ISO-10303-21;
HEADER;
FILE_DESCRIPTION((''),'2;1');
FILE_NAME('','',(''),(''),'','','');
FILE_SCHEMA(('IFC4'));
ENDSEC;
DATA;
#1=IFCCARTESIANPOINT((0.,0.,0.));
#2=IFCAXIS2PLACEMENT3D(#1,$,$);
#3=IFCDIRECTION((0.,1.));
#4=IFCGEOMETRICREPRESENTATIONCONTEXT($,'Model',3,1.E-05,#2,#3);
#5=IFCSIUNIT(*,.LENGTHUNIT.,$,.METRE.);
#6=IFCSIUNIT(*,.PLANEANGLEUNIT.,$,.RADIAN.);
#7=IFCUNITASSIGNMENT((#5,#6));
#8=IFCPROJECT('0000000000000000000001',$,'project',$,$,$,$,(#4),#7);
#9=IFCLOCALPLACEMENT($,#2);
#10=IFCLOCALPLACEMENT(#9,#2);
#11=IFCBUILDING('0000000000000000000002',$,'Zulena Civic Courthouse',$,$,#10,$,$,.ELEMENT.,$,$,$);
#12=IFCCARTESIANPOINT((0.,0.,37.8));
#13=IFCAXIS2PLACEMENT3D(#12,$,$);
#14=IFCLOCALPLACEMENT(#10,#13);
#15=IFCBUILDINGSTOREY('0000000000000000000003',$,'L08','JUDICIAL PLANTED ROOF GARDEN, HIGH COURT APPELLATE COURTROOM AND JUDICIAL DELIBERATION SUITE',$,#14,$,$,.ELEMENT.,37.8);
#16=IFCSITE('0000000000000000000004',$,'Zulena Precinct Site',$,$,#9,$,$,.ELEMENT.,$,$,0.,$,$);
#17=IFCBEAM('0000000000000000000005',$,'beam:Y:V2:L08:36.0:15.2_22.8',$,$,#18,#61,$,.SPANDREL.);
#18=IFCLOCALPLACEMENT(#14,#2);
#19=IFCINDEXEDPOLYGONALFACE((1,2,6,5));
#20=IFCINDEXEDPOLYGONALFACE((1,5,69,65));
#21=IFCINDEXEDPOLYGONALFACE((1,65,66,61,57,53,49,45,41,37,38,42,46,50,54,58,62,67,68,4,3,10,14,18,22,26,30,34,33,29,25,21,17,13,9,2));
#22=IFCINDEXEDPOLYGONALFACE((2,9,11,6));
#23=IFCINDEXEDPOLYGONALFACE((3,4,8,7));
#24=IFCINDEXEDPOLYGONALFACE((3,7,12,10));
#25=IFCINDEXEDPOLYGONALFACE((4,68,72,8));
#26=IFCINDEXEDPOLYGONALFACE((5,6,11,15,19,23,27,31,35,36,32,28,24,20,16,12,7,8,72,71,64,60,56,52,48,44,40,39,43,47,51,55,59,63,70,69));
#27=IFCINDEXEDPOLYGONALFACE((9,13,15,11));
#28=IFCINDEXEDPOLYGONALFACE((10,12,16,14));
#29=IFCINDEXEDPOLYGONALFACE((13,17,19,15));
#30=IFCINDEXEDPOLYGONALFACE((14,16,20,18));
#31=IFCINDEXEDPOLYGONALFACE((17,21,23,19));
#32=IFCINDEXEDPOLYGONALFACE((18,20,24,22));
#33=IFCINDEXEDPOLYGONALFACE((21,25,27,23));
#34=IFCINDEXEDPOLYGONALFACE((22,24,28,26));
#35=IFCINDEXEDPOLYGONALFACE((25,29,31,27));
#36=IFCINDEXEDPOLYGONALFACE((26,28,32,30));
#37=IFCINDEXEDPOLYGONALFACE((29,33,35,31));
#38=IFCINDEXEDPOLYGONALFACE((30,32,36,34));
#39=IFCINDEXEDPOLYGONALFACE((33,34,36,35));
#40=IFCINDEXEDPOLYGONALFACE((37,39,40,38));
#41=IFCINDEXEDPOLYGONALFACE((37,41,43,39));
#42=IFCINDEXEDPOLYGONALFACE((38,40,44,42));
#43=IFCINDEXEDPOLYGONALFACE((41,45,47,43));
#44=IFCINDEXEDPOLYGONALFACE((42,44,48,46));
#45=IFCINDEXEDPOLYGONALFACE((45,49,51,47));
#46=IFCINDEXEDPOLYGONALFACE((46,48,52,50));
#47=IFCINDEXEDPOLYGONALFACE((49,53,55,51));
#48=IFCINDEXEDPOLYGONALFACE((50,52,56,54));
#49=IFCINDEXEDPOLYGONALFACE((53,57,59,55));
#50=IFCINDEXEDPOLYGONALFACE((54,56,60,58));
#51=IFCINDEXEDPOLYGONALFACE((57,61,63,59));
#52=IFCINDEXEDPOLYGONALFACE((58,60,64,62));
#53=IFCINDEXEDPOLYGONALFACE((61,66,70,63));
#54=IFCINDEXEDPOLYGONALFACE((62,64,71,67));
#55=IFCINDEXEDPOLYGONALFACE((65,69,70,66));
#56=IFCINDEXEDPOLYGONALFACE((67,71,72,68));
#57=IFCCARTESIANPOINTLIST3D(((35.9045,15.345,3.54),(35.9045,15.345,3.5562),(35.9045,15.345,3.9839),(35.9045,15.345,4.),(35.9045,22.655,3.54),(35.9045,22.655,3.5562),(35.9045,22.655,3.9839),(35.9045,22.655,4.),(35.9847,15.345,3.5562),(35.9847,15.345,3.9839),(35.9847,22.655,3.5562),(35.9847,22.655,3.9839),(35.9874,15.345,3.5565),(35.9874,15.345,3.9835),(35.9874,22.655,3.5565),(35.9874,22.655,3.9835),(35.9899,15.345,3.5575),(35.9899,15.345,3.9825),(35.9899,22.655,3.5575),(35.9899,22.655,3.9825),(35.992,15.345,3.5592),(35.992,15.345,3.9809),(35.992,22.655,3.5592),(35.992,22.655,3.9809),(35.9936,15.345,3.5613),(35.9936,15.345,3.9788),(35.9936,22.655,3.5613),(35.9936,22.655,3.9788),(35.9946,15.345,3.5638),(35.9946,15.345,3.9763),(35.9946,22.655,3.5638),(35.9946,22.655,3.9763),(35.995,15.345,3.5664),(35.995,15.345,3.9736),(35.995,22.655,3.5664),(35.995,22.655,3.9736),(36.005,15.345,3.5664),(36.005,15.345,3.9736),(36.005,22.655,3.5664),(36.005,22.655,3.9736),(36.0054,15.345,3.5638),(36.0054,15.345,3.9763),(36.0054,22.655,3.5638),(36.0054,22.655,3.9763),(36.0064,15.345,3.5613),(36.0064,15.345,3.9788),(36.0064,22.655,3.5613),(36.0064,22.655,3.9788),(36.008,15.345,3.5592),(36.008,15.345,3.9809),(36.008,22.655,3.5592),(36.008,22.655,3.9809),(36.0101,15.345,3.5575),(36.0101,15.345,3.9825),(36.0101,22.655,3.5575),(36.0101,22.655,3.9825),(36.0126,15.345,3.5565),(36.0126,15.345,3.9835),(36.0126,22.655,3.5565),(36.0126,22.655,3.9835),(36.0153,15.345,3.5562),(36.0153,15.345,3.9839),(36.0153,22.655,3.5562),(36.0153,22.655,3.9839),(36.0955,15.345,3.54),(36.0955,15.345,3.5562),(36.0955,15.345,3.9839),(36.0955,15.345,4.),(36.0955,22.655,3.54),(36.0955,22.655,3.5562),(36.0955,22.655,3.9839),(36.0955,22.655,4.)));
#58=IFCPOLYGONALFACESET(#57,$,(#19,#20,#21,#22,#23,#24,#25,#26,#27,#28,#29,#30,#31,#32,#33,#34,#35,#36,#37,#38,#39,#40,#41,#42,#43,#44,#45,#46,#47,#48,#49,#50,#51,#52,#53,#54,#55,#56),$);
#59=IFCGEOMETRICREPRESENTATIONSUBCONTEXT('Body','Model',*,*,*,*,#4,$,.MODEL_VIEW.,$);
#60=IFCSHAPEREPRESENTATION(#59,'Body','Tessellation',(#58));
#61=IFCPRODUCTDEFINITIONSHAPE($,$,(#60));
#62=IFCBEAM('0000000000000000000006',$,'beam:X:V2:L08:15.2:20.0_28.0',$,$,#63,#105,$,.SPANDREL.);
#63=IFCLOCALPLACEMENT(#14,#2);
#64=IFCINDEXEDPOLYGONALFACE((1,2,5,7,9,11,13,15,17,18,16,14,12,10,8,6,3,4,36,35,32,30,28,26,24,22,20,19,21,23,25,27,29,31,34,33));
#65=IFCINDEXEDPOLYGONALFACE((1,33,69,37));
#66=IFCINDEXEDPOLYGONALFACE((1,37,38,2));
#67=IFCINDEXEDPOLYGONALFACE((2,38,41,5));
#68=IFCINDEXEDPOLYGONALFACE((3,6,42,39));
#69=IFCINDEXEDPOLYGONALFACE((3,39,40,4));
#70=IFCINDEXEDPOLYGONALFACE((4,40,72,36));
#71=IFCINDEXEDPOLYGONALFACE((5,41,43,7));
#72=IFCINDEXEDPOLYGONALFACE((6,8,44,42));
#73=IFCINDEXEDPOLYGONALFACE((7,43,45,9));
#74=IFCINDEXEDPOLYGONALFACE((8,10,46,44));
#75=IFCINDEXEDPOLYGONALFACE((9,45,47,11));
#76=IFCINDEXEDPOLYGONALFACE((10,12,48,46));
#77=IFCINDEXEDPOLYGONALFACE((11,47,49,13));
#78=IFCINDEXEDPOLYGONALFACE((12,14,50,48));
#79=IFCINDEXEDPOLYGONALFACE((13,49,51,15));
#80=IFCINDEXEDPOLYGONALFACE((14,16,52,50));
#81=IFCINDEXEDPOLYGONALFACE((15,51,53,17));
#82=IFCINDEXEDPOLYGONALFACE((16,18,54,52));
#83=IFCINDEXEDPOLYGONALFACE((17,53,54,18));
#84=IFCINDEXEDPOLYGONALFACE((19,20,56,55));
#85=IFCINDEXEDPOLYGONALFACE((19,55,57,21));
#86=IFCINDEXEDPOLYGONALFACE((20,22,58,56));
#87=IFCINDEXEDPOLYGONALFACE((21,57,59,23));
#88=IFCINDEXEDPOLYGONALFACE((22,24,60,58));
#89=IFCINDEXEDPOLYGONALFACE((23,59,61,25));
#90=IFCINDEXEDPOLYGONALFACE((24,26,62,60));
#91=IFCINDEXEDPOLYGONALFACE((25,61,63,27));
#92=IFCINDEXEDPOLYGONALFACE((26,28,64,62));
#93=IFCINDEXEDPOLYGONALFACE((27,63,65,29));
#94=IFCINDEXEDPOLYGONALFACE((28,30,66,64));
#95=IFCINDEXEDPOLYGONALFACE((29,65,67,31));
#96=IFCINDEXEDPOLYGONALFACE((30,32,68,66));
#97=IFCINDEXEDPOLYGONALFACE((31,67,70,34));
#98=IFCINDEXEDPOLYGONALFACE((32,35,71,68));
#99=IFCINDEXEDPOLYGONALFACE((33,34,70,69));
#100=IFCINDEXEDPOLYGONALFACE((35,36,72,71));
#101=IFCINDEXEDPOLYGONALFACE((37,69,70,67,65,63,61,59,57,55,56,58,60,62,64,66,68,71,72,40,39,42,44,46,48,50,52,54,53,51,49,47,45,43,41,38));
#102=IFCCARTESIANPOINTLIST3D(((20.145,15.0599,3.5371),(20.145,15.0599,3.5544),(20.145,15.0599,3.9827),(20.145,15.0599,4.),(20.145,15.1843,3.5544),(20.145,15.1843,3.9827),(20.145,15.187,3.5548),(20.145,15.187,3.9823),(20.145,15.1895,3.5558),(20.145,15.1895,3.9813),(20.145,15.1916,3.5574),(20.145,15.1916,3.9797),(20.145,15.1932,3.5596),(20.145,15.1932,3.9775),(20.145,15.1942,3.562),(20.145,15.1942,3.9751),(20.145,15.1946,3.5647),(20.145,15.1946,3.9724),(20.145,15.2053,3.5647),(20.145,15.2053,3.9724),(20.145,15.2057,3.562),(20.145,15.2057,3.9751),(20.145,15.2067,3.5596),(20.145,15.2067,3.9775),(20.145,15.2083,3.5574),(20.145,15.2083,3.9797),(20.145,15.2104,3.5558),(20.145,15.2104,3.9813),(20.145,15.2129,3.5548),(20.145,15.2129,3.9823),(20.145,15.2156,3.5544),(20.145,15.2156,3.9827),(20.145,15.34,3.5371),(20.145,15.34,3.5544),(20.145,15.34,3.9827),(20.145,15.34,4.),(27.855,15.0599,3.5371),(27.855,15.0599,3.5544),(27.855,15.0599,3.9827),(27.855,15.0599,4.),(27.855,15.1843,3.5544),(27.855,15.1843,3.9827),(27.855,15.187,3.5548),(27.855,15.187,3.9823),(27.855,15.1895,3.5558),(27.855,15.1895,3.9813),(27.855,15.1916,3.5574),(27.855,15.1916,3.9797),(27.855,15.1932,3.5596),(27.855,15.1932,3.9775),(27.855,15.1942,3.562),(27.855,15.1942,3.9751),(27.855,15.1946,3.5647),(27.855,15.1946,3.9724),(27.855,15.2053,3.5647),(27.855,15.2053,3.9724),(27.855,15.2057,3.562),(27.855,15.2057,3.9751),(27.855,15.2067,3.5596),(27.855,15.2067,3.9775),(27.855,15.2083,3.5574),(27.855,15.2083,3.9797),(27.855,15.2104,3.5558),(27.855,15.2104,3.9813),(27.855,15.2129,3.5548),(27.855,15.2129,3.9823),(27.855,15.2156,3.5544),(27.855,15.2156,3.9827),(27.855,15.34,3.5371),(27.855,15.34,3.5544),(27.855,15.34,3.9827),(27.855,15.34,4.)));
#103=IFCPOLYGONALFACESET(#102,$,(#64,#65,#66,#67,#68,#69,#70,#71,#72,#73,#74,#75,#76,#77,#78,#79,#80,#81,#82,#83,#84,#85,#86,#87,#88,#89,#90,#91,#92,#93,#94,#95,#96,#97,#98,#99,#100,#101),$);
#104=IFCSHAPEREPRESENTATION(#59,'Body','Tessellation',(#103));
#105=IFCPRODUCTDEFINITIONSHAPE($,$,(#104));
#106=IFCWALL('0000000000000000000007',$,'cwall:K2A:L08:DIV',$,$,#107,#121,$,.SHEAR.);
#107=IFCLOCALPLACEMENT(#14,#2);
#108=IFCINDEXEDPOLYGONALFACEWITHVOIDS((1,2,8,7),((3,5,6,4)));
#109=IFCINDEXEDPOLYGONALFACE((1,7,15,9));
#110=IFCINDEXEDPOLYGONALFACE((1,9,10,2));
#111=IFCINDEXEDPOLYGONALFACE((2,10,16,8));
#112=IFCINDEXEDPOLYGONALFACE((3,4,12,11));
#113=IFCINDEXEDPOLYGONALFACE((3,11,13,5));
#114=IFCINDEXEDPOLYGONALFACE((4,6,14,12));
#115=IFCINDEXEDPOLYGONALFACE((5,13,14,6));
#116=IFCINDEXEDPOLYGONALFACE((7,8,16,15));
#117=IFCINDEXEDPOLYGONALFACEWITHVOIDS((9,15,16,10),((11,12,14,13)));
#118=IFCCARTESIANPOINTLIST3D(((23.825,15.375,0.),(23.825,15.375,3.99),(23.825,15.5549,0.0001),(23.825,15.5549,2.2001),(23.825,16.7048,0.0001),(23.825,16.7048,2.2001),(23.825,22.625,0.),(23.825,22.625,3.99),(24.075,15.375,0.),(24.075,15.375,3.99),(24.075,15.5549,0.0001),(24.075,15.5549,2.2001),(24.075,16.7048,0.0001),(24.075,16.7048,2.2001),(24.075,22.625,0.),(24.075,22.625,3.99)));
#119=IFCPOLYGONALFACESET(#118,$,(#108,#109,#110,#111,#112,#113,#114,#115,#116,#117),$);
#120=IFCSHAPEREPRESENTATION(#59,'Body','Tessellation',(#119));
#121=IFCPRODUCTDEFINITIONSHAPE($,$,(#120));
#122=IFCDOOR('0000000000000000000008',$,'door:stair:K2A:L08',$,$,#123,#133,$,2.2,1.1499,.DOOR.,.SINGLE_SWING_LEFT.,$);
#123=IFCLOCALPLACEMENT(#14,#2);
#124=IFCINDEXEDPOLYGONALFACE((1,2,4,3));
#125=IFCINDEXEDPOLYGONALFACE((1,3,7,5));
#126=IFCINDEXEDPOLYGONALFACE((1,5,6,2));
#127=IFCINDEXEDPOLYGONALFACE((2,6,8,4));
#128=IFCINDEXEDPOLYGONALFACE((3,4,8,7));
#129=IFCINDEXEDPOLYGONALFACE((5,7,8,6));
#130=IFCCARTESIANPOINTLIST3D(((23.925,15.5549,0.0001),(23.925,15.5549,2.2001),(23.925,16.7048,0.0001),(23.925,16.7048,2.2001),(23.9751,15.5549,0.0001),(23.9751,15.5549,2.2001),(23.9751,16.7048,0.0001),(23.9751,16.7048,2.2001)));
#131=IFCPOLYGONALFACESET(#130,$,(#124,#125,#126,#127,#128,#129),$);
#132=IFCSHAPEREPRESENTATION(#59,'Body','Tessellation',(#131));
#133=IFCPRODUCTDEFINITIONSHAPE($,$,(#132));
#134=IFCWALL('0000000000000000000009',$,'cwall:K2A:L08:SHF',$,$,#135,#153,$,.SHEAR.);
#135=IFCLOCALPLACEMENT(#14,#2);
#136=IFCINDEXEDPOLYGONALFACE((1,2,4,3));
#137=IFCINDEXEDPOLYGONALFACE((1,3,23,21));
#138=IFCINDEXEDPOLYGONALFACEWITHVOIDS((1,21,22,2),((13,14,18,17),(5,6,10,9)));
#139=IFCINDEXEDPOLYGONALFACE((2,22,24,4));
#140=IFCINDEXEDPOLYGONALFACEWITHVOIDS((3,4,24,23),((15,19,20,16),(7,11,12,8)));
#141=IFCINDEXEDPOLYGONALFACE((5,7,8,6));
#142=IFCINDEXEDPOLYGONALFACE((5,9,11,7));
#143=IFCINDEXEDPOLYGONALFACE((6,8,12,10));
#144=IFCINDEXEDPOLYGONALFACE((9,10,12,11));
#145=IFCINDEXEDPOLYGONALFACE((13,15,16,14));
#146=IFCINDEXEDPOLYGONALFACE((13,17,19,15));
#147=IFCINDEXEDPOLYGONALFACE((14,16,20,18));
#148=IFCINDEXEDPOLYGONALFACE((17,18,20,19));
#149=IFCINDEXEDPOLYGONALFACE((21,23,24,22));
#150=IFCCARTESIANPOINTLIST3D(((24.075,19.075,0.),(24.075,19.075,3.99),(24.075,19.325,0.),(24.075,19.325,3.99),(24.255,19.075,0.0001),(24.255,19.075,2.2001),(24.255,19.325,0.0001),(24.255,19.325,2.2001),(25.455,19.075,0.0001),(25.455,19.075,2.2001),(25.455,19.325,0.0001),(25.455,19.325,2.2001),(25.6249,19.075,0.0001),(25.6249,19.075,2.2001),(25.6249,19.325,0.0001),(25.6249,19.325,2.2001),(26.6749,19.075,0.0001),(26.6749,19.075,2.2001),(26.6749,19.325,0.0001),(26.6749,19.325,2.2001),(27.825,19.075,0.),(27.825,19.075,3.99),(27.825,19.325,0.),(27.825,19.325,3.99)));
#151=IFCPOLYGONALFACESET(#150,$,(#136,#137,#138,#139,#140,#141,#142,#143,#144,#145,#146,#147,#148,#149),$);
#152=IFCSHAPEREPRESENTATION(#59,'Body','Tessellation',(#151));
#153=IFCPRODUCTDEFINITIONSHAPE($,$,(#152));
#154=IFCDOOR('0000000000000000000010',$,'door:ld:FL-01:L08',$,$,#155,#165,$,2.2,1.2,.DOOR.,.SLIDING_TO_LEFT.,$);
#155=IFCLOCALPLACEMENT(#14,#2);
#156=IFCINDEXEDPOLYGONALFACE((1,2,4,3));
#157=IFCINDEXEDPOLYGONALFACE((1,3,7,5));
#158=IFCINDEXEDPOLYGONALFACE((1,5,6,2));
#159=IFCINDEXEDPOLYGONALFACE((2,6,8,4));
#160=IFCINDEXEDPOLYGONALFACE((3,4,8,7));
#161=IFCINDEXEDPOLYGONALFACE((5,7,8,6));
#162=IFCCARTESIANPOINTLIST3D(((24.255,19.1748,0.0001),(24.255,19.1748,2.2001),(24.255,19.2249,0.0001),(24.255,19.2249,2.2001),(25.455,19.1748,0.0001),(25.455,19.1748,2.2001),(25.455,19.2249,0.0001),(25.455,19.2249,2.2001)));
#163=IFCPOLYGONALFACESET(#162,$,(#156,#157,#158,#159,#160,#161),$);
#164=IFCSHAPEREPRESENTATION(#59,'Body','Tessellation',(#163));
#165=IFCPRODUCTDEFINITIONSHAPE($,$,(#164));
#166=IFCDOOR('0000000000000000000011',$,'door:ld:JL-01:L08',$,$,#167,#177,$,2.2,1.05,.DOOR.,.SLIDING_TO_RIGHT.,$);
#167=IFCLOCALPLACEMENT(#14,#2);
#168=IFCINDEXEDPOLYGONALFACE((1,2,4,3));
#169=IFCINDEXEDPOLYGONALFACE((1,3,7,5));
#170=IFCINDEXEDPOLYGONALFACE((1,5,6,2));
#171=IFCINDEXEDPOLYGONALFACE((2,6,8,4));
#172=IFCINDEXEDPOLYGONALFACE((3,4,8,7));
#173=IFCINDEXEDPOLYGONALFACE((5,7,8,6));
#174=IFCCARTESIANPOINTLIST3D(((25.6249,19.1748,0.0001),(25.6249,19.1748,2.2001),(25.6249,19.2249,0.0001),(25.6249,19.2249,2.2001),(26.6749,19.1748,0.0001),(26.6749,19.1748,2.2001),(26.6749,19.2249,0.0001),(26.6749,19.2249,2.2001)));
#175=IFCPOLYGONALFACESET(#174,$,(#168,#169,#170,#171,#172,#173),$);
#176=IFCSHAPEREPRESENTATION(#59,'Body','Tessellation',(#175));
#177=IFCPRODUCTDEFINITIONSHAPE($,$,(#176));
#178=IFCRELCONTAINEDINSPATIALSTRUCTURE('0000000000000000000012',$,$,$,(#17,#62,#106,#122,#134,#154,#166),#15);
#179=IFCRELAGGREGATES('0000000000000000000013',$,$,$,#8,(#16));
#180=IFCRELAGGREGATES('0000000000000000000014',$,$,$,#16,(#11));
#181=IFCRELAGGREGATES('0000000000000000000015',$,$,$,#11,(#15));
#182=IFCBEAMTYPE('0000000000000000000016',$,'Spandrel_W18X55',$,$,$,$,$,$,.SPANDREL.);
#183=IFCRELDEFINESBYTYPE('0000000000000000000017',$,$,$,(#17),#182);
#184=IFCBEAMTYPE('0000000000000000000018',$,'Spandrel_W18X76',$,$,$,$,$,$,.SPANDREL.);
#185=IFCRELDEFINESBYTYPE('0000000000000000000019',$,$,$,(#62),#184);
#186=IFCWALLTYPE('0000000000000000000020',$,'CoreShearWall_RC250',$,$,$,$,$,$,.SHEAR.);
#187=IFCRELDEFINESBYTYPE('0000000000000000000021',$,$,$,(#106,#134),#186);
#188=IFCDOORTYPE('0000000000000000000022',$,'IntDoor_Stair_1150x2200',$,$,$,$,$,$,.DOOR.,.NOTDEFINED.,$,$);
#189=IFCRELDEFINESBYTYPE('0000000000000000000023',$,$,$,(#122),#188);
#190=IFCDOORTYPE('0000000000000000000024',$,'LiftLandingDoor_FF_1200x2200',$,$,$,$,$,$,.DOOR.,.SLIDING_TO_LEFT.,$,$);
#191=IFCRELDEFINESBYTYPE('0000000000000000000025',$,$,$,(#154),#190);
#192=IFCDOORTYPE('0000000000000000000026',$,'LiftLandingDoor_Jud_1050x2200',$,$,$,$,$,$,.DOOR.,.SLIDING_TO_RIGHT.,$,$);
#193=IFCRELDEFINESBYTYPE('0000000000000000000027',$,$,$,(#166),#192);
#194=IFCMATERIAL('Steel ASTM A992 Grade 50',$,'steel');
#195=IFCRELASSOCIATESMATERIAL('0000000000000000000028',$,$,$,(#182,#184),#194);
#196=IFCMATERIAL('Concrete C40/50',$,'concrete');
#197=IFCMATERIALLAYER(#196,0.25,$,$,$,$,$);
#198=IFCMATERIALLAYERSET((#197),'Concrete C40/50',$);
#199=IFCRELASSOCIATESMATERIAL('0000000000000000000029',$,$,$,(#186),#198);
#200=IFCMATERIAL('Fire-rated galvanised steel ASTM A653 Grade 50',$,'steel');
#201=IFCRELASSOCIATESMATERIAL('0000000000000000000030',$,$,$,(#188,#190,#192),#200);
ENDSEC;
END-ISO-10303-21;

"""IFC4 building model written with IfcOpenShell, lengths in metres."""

from ifc_helpers import new_model, si_unit, direction, frame, frame_2d, origin, origin_2d, place, context, subcontext, project, spatial, rectangle, i_section, extrude, material, layer, layer_set, material_profile, profile_set, type_object, element, fill, save


model = new_model("IFC4")

# Units and contexts
model_context = context("Model", 3, precision=1e-05, world=origin(), true_north=direction((0.0, 1.0)))
body_context = subcontext(model_context, "Body", "Model", "MODEL_VIEW")
ifc_project = project(units=[si_unit("LENGTHUNIT", "METRE"), si_unit("PLANEANGLEUNIT", "RADIAN")], contexts=[model_context])

# Site, building, storey
site_placement = place(None, origin())
site = spatial("IfcSite", under=ifc_project, at=site_placement, Name="Zulena Precinct Site", CompositionType="ELEMENT", RefElevation=0.0)
building_placement = place(site_placement, origin())
building = spatial("IfcBuilding", under=site, at=building_placement, Name="Zulena Civic Courthouse", CompositionType="ELEMENT")
storey_placement = place(building_placement, frame((0.0, 0.0, 37.8)))
storey = spatial("IfcBuildingStorey", under=building, at=storey_placement, Name="L08", Description="JUDICIAL PLANTED ROOF GARDEN, HIGH COURT APPELLATE COURTROOM AND JUDICIAL DELIBERATION SUITE", CompositionType="ELEMENT", Elevation=37.8)

# Shared definitions
ifc_material_1 = material(Name="Steel ASTM A992 Grade 50", Category="steel")

# Beams
ifc_material_profile_1 = material_profile(ifc_material_1, i_section(OverallWidth=0.1909, OverallDepth=0.46, WebThickness=0.01, FlangeThickness=0.0161, FilletRadius=0.0103, at=origin_2d()), Name="W18X55")
ifc_profile_set_1 = profile_set([ifc_material_profile_1], Name="Steel ASTM A992 Grade 50")
beam_type_1 = type_object("IfcBeamType", Name="Spandrel_W18X55", PredefinedType="SPANDREL", material=ifc_profile_set_1)
for number, where, z_axis, x_axis, name in (
    (1, (36.0, 15.345, 3.77), (0.0, 1.0, 0.0), (-1.0, 0.0, 0.0), "beam:Y:V2:L08:36.0:15.2_22.8"),
):
    element("IfcBeam", number, at=place(storey_placement, frame(where, z_axis=z_axis, x_axis=x_axis)), inside=storey, type_object=beam_type_1, Name=name, PredefinedType="SPANDREL", context=body_context, shape_type="SweptSolid", body=[
        extrude(i_section(OverallWidth=0.1909, OverallDepth=0.46, WebThickness=0.01, FlangeThickness=0.0161, FilletRadius=0.0103, at=origin_2d()), origin(), (0.0, 0.0, 1.0), 7.3101),
    ])
ifc_material_profile_2 = material_profile(ifc_material_1, i_section(OverallWidth=0.28, OverallDepth=0.4629, WebThickness=0.0107, FlangeThickness=0.0173, FilletRadius=0.0103, at=origin_2d()), Name="W18X76")
ifc_profile_set_2 = profile_set([ifc_material_profile_2], Name="Steel ASTM A992 Grade 50")
beam_type_2 = type_object("IfcBeamType", Name="Spandrel_W18X76", PredefinedType="SPANDREL", material=ifc_profile_set_2)
beam_1_placement = place(storey_placement, frame((20.145, 15.2, 3.7686), z_axis=(1.0, 0.0, 0.0), x_axis=(0.0, 1.0, 0.0)))
element("IfcBeam", 2, at=beam_1_placement, inside=storey, type_object=beam_type_2, Name="beam:X:V2:L08:15.2:20.0_28.0", PredefinedType="SPANDREL", context=body_context, shape_type="SweptSolid", body=[
    extrude(i_section(OverallWidth=0.28, OverallDepth=0.4629, WebThickness=0.0107, FlangeThickness=0.0173, FilletRadius=0.0103, at=origin_2d()), origin(), (0.0, 0.0, 1.0), 7.71),
])

# Wall, opening, door
ifc_material_2 = material(Name="Concrete C40/50", Category="concrete")
ifc_layer_1 = layer(ifc_material_2, 0.25)
ifc_layer_set_1 = layer_set([ifc_layer_1], Name="Concrete C40/50")
wall_type_1 = type_object("IfcWallType", Name="CoreShearWall_RC250", PredefinedType="SHEAR", material=ifc_layer_set_1)
wall_1_placement = place(storey_placement, frame((23.95, 15.375, 0.0), z_axis=(0.0, 0.0, 1.0), x_axis=(0.0, 1.0, 0.0)))
wall_1 = element("IfcWall", 3, at=wall_1_placement, inside=storey, type_object=wall_type_1, Name="cwall:K2A:L08:DIV", PredefinedType="SHEAR", context=body_context, shape_type="SweptSolid", body=[
    extrude(rectangle(XDim=7.25, YDim=0.25, at=frame_2d((3.625, 0.0))), origin(), (0.0, 0.0, 1.0), 3.99),
])
opening_1_placement = place(wall_1_placement, frame((0.1799, 0.0, 0.0)))
opening_1 = element("IfcOpeningElement", 4, at=opening_1_placement, cuts=wall_1, PredefinedType="OPENING", context=body_context, shape_type="SweptSolid", body=[
    extrude(rectangle(XDim=1.1499, YDim=2.2, at=frame_2d((0.575, 1.1001))), frame((0.0, 0.135, 0.0), z_axis=(0.0, -1.0, 0.0), x_axis=(1.0, 0.0, 0.0)), (0.0, 0.0, 1.0), 0.27),
])
ifc_material_3 = material(Name="Fire-rated galvanised steel ASTM A653 Grade 50", Category="steel")
door_type_1 = type_object("IfcDoorType", Name="IntDoor_Stair_1150x2200", OperationType="NOTDEFINED", PredefinedType="DOOR", material=ifc_material_3)
door_1_placement = place(opening_1_placement, origin())
door_1 = element("IfcDoor", 5, at=door_1_placement, inside=storey, type_object=door_type_1, Name="door:stair:K2A:L08", OperationType="SINGLE_SWING_LEFT", OverallHeight=2.2, OverallWidth=1.1499, PredefinedType="DOOR", context=body_context, shape_type="SweptSolid", body=[
    extrude(rectangle(XDim=1.1499, YDim=2.2, at=frame_2d((0.575, 1.1001))), frame((0.0, 0.0249, 0.0), z_axis=(0.0, -1.0, 0.0), x_axis=(1.0, 0.0, 0.0)), (0.0, 0.0, 1.0), 0.05),
])
fill(opening_1, door_1)

# Wall, openings, doors
wall_2_placement = place(storey_placement, frame((24.075, 19.2, 0.0), z_axis=(0.0, 0.0, 1.0), x_axis=(1.0, 0.0, 0.0)))
wall_2 = element("IfcWall", 6, at=wall_2_placement, inside=storey, type_object=wall_type_1, Name="cwall:K2A:L08:SHF", PredefinedType="SHEAR", context=body_context, shape_type="SweptSolid", body=[
    extrude(rectangle(XDim=3.75, YDim=0.25, at=frame_2d((1.875, 0.0))), origin(), (0.0, 0.0, 1.0), 3.99),
])
opening_2_placement = place(wall_2_placement, frame((0.1799, 0.0, 0.0)))
opening_2 = element("IfcOpeningElement", 7, at=opening_2_placement, cuts=wall_2, PredefinedType="OPENING", context=body_context, shape_type="SweptSolid", body=[
    extrude(rectangle(XDim=1.2, YDim=2.2, at=frame_2d((0.6001, 1.1001))), frame((0.0, 0.135, 0.0), z_axis=(0.0, -1.0, 0.0), x_axis=(1.0, 0.0, 0.0)), (0.0, 0.0, 1.0), 0.27),
])
opening_3_placement = place(wall_2_placement, frame((1.55, 0.0, 0.0)))
opening_3 = element("IfcOpeningElement", 8, at=opening_3_placement, cuts=wall_2, PredefinedType="OPENING", context=body_context, shape_type="SweptSolid", body=[
    extrude(rectangle(XDim=1.05, YDim=2.2, at=frame_2d((0.5249, 1.1001))), frame((0.0, 0.135, 0.0), z_axis=(0.0, -1.0, 0.0), x_axis=(1.0, 0.0, 0.0)), (0.0, 0.0, 1.0), 0.27),
])
door_type_2 = type_object("IfcDoorType", Name="LiftLandingDoor_FF_1200x2200", OperationType="SLIDING_TO_LEFT", PredefinedType="DOOR", material=ifc_material_3)
door_2_placement = place(opening_2_placement, origin())
door_2 = element("IfcDoor", 9, at=door_2_placement, inside=storey, type_object=door_type_2, Name="door:ld:FL-01:L08", OperationType="SLIDING_TO_LEFT", OverallHeight=2.2, OverallWidth=1.2, PredefinedType="DOOR", context=body_context, shape_type="SweptSolid", body=[
    extrude(rectangle(XDim=1.2, YDim=2.2, at=frame_2d((0.6001, 1.1001))), frame((0.0, 0.0249, 0.0), z_axis=(0.0, -1.0, 0.0), x_axis=(1.0, 0.0, 0.0)), (0.0, 0.0, 1.0), 0.05),
])
fill(opening_2, door_2)
door_type_3 = type_object("IfcDoorType", Name="LiftLandingDoor_Jud_1050x2200", OperationType="SLIDING_TO_RIGHT", PredefinedType="DOOR", material=ifc_material_3)
door_3_placement = place(opening_3_placement, origin())
door_3 = element("IfcDoor", 10, at=door_3_placement, inside=storey, type_object=door_type_3, Name="door:ld:JL-01:L08", OperationType="SLIDING_TO_RIGHT", OverallHeight=2.2, OverallWidth=1.05, PredefinedType="DOOR", context=body_context, shape_type="SweptSolid", body=[
    extrude(rectangle(XDim=1.05, YDim=2.2, at=frame_2d((0.5249, 1.1001))), frame((0.0, 0.0249, 0.0), z_axis=(0.0, -1.0, 0.0), x_axis=(1.0, 0.0, 0.0)), (0.0, 0.0, 1.0), 0.05),
])
fill(opening_3, door_3)

save(model, "model.ifc")
